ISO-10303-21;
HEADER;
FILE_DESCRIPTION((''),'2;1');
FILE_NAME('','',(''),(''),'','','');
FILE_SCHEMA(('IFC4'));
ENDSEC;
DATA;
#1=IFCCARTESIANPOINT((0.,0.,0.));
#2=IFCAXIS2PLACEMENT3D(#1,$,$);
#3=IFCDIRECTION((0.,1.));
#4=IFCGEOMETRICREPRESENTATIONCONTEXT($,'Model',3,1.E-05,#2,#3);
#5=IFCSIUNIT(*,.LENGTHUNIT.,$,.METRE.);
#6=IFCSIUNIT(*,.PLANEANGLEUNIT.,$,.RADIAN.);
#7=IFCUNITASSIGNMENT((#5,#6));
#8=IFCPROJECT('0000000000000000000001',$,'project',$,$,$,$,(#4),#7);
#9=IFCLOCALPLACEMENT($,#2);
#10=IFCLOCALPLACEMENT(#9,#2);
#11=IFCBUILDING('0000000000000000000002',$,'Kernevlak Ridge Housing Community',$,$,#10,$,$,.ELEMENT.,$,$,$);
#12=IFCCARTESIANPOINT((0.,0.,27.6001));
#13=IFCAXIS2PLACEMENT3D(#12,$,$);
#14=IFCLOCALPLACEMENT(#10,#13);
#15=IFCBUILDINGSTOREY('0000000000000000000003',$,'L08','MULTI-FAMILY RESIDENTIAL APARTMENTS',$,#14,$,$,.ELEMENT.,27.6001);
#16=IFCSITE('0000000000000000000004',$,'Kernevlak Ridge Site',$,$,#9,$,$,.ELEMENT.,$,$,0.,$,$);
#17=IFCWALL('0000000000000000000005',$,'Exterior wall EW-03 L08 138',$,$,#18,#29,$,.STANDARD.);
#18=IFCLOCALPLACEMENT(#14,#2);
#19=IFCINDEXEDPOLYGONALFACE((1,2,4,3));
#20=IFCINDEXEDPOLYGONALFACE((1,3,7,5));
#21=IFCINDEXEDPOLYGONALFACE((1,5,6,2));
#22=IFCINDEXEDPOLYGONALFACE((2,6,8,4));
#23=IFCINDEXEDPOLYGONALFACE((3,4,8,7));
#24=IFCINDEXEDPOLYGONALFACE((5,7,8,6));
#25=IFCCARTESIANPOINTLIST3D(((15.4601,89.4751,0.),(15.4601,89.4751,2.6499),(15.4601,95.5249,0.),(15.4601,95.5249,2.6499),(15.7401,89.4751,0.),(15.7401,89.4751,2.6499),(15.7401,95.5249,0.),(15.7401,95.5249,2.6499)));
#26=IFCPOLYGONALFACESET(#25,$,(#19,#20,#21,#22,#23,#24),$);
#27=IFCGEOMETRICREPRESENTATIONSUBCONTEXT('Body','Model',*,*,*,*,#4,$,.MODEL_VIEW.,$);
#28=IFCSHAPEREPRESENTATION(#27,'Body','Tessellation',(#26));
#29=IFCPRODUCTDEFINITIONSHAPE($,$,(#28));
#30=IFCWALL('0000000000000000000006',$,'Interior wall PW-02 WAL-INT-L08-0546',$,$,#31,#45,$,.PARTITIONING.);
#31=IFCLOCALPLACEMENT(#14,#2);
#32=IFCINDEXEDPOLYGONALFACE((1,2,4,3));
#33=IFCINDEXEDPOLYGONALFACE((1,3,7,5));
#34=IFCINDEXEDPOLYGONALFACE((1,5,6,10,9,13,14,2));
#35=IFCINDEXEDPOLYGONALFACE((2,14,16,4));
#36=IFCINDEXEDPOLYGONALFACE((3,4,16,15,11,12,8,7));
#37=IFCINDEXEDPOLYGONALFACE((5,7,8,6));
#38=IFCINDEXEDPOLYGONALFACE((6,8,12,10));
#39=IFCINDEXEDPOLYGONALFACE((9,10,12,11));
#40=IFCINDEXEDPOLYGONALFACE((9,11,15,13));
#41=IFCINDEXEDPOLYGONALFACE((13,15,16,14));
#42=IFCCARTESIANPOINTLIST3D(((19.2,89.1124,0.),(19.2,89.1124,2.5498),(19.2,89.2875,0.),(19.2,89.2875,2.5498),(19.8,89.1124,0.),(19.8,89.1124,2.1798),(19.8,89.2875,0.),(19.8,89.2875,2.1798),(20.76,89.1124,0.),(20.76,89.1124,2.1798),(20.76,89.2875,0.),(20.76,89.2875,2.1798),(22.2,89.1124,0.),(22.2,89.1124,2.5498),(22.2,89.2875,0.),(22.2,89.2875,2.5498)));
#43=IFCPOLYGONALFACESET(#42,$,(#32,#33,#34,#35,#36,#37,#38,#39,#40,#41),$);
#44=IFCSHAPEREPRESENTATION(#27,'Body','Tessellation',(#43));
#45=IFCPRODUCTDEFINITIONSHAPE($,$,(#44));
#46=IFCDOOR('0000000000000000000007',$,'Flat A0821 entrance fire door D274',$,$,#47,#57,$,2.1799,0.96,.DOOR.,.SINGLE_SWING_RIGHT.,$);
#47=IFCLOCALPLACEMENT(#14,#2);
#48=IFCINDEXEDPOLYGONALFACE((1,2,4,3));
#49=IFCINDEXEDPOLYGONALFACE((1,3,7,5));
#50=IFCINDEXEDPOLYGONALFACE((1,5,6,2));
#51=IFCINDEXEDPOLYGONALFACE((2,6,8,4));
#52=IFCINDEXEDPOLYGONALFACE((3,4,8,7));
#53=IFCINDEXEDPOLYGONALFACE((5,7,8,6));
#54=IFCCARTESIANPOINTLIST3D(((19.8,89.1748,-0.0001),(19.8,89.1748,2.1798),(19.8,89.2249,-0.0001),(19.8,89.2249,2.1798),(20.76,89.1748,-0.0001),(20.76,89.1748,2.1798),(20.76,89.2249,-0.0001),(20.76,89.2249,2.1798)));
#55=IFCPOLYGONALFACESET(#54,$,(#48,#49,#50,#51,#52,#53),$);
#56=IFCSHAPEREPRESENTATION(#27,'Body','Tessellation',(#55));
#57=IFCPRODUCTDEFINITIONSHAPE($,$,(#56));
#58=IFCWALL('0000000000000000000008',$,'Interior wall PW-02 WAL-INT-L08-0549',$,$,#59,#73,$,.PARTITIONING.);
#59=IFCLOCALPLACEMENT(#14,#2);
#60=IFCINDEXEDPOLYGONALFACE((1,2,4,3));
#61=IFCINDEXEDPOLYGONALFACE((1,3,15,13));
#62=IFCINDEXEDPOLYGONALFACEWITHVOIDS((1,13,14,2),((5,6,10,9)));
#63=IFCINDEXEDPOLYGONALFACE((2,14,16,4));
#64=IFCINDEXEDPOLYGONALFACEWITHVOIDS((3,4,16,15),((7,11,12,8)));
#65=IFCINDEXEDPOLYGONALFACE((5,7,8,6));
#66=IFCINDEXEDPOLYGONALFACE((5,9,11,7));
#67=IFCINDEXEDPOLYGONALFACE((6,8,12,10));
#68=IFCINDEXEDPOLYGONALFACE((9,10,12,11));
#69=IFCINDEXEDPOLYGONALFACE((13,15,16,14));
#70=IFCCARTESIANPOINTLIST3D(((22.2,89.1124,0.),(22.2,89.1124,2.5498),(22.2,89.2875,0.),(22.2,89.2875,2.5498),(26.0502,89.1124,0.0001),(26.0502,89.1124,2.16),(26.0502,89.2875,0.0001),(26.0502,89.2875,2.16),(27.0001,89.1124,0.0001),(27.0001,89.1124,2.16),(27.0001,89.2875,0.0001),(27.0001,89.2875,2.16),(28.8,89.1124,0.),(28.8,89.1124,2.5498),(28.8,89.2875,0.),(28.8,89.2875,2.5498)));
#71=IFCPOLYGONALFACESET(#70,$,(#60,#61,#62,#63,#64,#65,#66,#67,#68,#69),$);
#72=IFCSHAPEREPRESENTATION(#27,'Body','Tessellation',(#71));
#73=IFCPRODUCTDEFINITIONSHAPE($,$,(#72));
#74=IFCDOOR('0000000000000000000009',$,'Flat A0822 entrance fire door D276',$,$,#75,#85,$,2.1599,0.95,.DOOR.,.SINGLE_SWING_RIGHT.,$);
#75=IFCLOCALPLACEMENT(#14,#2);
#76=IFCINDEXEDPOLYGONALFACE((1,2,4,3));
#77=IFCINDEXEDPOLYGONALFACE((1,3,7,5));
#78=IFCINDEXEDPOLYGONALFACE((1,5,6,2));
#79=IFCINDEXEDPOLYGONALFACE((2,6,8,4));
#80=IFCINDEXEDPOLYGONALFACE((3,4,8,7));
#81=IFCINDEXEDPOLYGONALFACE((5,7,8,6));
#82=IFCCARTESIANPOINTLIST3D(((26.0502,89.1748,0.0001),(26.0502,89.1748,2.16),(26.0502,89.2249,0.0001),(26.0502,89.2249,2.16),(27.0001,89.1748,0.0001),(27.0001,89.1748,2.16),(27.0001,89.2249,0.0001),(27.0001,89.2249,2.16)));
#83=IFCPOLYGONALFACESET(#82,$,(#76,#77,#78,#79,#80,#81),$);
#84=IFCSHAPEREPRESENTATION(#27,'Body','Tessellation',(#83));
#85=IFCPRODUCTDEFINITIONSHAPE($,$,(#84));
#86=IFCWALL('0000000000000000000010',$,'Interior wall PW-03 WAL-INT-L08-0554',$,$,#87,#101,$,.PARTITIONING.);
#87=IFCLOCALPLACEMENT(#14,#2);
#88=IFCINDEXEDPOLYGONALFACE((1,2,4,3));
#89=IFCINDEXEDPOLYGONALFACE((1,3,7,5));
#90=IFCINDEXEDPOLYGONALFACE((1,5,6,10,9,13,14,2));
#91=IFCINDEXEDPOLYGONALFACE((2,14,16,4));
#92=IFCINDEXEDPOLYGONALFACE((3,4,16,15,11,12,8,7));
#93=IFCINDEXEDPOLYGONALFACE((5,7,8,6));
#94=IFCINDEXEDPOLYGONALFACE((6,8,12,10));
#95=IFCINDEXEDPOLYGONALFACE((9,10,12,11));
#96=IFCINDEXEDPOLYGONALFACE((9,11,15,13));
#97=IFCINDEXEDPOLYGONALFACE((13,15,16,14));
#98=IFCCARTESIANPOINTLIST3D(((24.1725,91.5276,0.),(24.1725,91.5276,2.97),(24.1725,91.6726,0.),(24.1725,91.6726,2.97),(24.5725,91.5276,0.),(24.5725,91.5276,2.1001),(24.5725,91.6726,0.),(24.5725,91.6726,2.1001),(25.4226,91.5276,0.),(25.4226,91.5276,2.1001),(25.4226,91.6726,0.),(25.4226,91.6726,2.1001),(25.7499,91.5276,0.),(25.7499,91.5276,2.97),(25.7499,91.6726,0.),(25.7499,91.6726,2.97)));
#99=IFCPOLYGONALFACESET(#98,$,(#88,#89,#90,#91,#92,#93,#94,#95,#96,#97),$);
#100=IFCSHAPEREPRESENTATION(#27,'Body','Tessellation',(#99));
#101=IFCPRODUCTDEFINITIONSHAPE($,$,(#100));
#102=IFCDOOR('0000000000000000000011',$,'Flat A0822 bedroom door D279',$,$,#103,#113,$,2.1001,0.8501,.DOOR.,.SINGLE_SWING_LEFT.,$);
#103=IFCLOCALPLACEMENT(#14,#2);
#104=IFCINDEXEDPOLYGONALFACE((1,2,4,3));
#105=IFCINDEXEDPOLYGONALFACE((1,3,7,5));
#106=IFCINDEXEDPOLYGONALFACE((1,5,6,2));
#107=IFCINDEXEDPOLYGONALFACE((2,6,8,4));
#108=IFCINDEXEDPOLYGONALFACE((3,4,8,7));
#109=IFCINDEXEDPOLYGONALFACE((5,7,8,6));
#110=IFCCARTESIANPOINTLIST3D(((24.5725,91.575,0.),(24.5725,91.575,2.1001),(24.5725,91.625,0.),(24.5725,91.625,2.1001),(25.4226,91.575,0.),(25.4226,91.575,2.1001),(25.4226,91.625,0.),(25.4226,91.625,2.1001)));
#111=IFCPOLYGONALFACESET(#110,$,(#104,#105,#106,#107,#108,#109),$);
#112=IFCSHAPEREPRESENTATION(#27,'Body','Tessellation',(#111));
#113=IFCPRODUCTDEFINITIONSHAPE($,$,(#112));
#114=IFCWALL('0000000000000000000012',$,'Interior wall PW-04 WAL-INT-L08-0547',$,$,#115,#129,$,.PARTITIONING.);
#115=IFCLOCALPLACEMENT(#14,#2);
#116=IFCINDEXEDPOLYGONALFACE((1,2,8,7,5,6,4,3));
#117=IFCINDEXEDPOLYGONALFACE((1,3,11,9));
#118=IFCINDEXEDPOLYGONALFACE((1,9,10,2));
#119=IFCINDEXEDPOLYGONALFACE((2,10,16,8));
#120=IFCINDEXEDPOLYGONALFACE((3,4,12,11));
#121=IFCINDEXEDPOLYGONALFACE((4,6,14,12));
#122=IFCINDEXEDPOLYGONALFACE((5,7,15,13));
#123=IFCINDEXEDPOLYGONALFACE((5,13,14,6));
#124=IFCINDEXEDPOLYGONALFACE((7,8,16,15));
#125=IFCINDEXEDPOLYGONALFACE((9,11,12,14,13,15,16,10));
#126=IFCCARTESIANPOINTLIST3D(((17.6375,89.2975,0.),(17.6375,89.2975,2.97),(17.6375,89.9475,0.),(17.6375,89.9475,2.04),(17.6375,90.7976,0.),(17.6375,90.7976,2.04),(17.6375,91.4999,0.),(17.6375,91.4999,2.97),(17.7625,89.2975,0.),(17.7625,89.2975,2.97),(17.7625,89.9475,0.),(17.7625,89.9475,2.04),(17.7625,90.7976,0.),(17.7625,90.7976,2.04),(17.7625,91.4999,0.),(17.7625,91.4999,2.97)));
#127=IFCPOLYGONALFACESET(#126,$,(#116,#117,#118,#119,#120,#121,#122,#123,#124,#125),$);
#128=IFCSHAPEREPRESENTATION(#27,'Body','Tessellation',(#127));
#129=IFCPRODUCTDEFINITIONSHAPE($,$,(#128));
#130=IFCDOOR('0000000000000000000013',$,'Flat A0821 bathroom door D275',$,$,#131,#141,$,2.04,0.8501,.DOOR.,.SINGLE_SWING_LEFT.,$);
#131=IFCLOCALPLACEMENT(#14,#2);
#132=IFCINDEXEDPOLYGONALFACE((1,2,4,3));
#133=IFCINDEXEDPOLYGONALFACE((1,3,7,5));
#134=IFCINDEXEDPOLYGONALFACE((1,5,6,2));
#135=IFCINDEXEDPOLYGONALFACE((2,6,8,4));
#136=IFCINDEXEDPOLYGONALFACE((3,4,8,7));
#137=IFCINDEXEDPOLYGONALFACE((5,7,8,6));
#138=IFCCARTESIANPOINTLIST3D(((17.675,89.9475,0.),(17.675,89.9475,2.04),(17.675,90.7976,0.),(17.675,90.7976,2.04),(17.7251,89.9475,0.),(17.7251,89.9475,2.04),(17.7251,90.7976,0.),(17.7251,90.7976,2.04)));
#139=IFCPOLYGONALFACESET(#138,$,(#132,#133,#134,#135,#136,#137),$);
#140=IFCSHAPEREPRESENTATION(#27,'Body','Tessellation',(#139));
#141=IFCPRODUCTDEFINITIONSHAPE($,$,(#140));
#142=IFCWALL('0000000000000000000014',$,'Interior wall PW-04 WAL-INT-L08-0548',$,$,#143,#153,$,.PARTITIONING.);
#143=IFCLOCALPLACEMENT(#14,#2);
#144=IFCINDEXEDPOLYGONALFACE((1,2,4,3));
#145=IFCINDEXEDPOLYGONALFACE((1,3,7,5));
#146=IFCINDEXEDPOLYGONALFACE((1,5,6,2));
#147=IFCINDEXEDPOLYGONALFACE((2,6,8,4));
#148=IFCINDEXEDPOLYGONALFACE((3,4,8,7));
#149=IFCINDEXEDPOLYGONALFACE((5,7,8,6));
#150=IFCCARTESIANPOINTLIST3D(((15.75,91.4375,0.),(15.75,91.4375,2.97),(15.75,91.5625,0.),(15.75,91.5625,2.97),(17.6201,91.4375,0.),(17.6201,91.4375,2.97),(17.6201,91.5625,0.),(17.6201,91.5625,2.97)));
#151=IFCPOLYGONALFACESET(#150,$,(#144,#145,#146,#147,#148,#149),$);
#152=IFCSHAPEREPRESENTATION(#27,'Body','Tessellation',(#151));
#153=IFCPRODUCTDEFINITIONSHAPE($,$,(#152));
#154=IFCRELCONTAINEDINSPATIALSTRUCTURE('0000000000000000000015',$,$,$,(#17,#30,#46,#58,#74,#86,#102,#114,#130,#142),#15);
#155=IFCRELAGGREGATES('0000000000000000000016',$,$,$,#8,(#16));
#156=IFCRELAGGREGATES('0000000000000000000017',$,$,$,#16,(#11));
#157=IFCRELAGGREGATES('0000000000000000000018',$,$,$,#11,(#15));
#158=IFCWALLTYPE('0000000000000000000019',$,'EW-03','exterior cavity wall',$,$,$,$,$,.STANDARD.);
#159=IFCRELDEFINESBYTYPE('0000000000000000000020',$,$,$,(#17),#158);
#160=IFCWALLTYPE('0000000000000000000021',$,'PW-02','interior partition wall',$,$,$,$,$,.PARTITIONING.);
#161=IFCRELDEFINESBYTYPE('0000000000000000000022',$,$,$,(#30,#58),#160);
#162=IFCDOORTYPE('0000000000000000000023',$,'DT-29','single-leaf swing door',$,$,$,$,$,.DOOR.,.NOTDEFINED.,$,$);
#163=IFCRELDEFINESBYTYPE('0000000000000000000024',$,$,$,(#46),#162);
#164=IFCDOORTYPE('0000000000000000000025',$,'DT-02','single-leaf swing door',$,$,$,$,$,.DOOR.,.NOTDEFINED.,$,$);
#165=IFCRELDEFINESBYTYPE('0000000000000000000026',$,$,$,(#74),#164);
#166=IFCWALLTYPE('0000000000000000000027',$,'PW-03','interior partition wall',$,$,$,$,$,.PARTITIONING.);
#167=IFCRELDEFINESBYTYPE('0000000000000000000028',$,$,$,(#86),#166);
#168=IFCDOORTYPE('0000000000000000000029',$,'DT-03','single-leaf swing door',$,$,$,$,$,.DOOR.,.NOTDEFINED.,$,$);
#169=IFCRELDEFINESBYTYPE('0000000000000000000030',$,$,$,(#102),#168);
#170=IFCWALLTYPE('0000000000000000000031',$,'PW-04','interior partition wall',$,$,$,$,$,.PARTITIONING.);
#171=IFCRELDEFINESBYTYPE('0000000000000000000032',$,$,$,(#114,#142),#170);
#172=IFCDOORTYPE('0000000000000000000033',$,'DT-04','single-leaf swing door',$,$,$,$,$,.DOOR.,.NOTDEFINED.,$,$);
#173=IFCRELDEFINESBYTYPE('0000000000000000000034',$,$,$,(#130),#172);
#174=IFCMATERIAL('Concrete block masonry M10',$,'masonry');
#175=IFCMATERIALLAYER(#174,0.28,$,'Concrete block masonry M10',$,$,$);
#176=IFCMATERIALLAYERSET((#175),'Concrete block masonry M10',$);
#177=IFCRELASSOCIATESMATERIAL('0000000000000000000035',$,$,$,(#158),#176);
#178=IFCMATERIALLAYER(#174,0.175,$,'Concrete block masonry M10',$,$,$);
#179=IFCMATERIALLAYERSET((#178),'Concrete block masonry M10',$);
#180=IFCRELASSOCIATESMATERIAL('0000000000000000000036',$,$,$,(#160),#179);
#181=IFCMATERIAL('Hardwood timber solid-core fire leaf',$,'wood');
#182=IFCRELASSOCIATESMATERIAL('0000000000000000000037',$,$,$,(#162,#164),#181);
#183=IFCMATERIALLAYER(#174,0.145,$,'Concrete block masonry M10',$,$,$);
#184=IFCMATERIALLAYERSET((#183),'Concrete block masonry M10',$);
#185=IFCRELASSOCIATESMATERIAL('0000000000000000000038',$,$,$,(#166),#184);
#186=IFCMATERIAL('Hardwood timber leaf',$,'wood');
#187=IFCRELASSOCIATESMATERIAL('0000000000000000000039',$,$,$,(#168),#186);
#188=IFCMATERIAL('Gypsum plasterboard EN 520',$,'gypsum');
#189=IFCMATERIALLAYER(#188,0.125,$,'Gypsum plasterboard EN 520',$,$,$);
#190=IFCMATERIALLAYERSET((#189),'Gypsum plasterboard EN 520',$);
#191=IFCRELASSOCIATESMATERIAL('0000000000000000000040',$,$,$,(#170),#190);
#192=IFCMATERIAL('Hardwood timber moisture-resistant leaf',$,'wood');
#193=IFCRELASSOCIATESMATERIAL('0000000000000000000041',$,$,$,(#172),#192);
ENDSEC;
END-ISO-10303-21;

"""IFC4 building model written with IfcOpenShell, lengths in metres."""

from ifc_helpers import new_model, si_unit, direction, frame, frame_2d, origin, place, context, subcontext, project, spatial, rectangle, extrude, material, layer, layer_set, type_object, element, fill, save


model = new_model("IFC4")

# Units and contexts
model_context = context("Model", 3, precision=1e-05, world=origin(), true_north=direction((0.0, 1.0)))
body_context = subcontext(model_context, "Body", "Model", "MODEL_VIEW")
ifc_project = project(units=[si_unit("LENGTHUNIT", "METRE"), si_unit("PLANEANGLEUNIT", "RADIAN")], contexts=[model_context])

# Site, building, storey
site_placement = place(None, origin())
site = spatial("IfcSite", under=ifc_project, at=site_placement, Name="Kernevlak Ridge Site", CompositionType="ELEMENT", RefElevation=0.0)
building_placement = place(site_placement, origin())
building = spatial("IfcBuilding", under=site, at=building_placement, Name="Kernevlak Ridge Housing Community", CompositionType="ELEMENT")
storey_placement = place(building_placement, frame((0.0, 0.0, 27.6001)))
storey = spatial("IfcBuildingStorey", under=building, at=storey_placement, Name="L08", Description="MULTI-FAMILY RESIDENTIAL APARTMENTS", CompositionType="ELEMENT", Elevation=27.6001)

# Shared definitions
ifc_material_1 = material(Name="Concrete block masonry M10", Category="masonry")
ifc_layer_1 = layer(ifc_material_1, 0.28, Name="Concrete block masonry M10")
ifc_layer_set_1 = layer_set([ifc_layer_1], Name="Concrete block masonry M10")
wall_type_1 = type_object("IfcWallType", Name="EW-03", Description="exterior cavity wall", PredefinedType="STANDARD", material=ifc_layer_set_1)

# Wall
wall_1_placement = place(storey_placement, frame((15.6001, 89.4751, 0.0), z_axis=(0.0, 0.0, 1.0), x_axis=(0.0, 1.0, 0.0)))
element("IfcWall", 1, at=wall_1_placement, inside=storey, type_object=wall_type_1, Name="Exterior wall EW-03 L08 138", PredefinedType="STANDARD", context=body_context, shape_type="SweptSolid", body=[
    extrude(rectangle(XDim=6.0498, YDim=0.28, at=frame_2d((3.0249, 0.0))), origin(), (0.0, 0.0, 1.0), 2.6499),
])

# Walls, openings, doors
ifc_layer_2 = layer(ifc_material_1, 0.175, Name="Concrete block masonry M10")
ifc_layer_set_2 = layer_set([ifc_layer_2], Name="Concrete block masonry M10")
wall_type_2 = type_object("IfcWallType", Name="PW-02", Description="interior partition wall", PredefinedType="PARTITIONING", material=ifc_layer_set_2)
wall_2_placement = place(storey_placement, frame((19.2, 89.2, 0.0), z_axis=(0.0, 0.0, 1.0), x_axis=(1.0, 0.0, 0.0)))
wall_2 = element("IfcWall", 2, at=wall_2_placement, inside=storey, type_object=wall_type_2, Name="Interior wall PW-02 WAL-INT-L08-0546", PredefinedType="PARTITIONING", context=body_context, shape_type="SweptSolid", body=[
    extrude(rectangle(XDim=3.0, YDim=0.175, at=frame_2d((1.5, 0.0))), origin(), (0.0, 0.0, 1.0), 2.5498),
])
opening_1_placement = place(wall_2_placement, frame((0.6001, 0.0, 0.0)))
opening_1 = element("IfcOpeningElement", 3, at=opening_1_placement, cuts=wall_2, PredefinedType="OPENING", context=body_context, shape_type="SweptSolid", body=[
    extrude(rectangle(XDim=0.96, YDim=2.1799, at=frame_2d((0.48, 1.0898))), frame((0.0, 0.0974, 0.0), z_axis=(0.0, -1.0, 0.0), x_axis=(1.0, 0.0, 0.0)), (0.0, 0.0, 1.0), 0.1951),
])
ifc_material_2 = material(Name="Hardwood timber solid-core fire leaf", Category="wood")
door_type_1 = type_object("IfcDoorType", Name="DT-29", Description="single-leaf swing door", OperationType="NOTDEFINED", PredefinedType="DOOR", material=ifc_material_2)
door_1_placement = place(opening_1_placement, origin())
door_1 = element("IfcDoor", 4, at=door_1_placement, inside=storey, type_object=door_type_1, Name="Flat A0821 entrance fire door D274", OperationType="SINGLE_SWING_RIGHT", OverallHeight=2.1799, OverallWidth=0.96, PredefinedType="DOOR", context=body_context, shape_type="SweptSolid", body=[
    extrude(rectangle(XDim=0.96, YDim=2.1799, at=frame_2d((0.48, 1.0898))), frame((0.0, 0.0249, 0.0), z_axis=(0.0, -1.0, 0.0), x_axis=(1.0, 0.0, 0.0)), (0.0, 0.0, 1.0), 0.05),
])
fill(opening_1, door_1)
wall_3_placement = place(storey_placement, frame((22.2, 89.2, 0.0), z_axis=(0.0, 0.0, 1.0), x_axis=(1.0, 0.0, 0.0)))
wall_3 = element("IfcWall", 5, at=wall_3_placement, inside=storey, type_object=wall_type_2, Name="Interior wall PW-02 WAL-INT-L08-0549", PredefinedType="PARTITIONING", context=body_context, shape_type="SweptSolid", body=[
    extrude(rectangle(XDim=6.6001, YDim=0.175, at=frame_2d((3.3, 0.0))), origin(), (0.0, 0.0, 1.0), 2.5498),
])
opening_2_placement = place(wall_3_placement, frame((3.8501, 0.0, 0.0)))
opening_2 = element("IfcOpeningElement", 6, at=opening_2_placement, cuts=wall_3, PredefinedType="OPENING", context=body_context, shape_type="SweptSolid", body=[
    extrude(rectangle(XDim=0.95, YDim=2.1599, at=frame_2d((0.4751, 1.0801))), frame((0.0, 0.0974, 0.0), z_axis=(0.0, -1.0, 0.0), x_axis=(1.0, 0.0, 0.0)), (0.0, 0.0, 1.0), 0.1951),
])
door_type_2 = type_object("IfcDoorType", Name="DT-02", Description="single-leaf swing door", OperationType="NOTDEFINED", PredefinedType="DOOR", material=ifc_material_2)
door_2_placement = place(opening_2_placement, origin())
door_2 = element("IfcDoor", 7, at=door_2_placement, inside=storey, type_object=door_type_2, Name="Flat A0822 entrance fire door D276", OperationType="SINGLE_SWING_RIGHT", OverallHeight=2.1599, OverallWidth=0.95, PredefinedType="DOOR", context=body_context, shape_type="SweptSolid", body=[
    extrude(rectangle(XDim=0.95, YDim=2.1599, at=frame_2d((0.4751, 1.0801))), frame((0.0, 0.0249, 0.0), z_axis=(0.0, -1.0, 0.0), x_axis=(1.0, 0.0, 0.0)), (0.0, 0.0, 1.0), 0.05),
])
fill(opening_2, door_2)
ifc_layer_3 = layer(ifc_material_1, 0.145, Name="Concrete block masonry M10")
ifc_layer_set_3 = layer_set([ifc_layer_3], Name="Concrete block masonry M10")
wall_type_3 = type_object("IfcWallType", Name="PW-03", Description="interior partition wall", PredefinedType="PARTITIONING", material=ifc_layer_set_3)
wall_4_placement = place(storey_placement, frame((24.1726, 91.6001, 0.0), z_axis=(0.0, 0.0, 1.0), x_axis=(1.0, 0.0, 0.0)))
wall_4 = element("IfcWall", 8, at=wall_4_placement, inside=storey, type_object=wall_type_3, Name="Interior wall PW-03 WAL-INT-L08-0554", PredefinedType="PARTITIONING", context=body_context, shape_type="SweptSolid", body=[
    extrude(rectangle(XDim=1.5774, YDim=0.145, at=frame_2d((0.7886, 0.0))), origin(), (0.0, 0.0, 1.0), 2.97),
])
opening_3_placement = place(wall_4_placement, frame((0.3999, 0.0, 0.0)))
opening_3 = element("IfcOpeningElement", 9, at=opening_3_placement, cuts=wall_4, PredefinedType="OPENING", context=body_context, shape_type="SweptSolid", body=[
    extrude(rectangle(XDim=0.8501, YDim=2.1001, at=frame_2d((0.425, 1.05))), frame((0.0, 0.0825, 0.0), z_axis=(0.0, -1.0, 0.0), x_axis=(1.0, 0.0, 0.0)), (0.0, 0.0, 1.0), 0.165),
])
ifc_material_3 = material(Name="Hardwood timber leaf", Category="wood")
door_type_3 = type_object("IfcDoorType", Name="DT-03", Description="single-leaf swing door", OperationType="NOTDEFINED", PredefinedType="DOOR", material=ifc_material_3)
door_3_placement = place(opening_3_placement, origin())
door_3 = element("IfcDoor", 10, at=door_3_placement, inside=storey, type_object=door_type_3, Name="Flat A0822 bedroom door D279", OperationType="SINGLE_SWING_LEFT", OverallHeight=2.1001, OverallWidth=0.8501, PredefinedType="DOOR", context=body_context, shape_type="SweptSolid", body=[
    extrude(rectangle(XDim=0.8501, YDim=2.1001, at=frame_2d((0.425, 1.05))), frame((0.0, 0.0249, 0.0), z_axis=(0.0, -1.0, 0.0), x_axis=(1.0, 0.0, 0.0)), (0.0, 0.0, 1.0), 0.05),
])
fill(opening_3, door_3)
ifc_material_4 = material(Name="Gypsum plasterboard EN 520", Category="gypsum")
ifc_layer_4 = layer(ifc_material_4, 0.125, Name="Gypsum plasterboard EN 520")
ifc_layer_set_4 = layer_set([ifc_layer_4], Name="Gypsum plasterboard EN 520")
wall_type_4 = type_object("IfcWallType", Name="PW-04", Description="interior partition wall", PredefinedType="PARTITIONING", material=ifc_layer_set_4)
wall_5_placement = place(storey_placement, frame((17.7, 89.2976, 0.0), z_axis=(0.0, 0.0, 1.0), x_axis=(0.0, 1.0, 0.0)))
wall_5 = element("IfcWall", 11, at=wall_5_placement, inside=storey, type_object=wall_type_4, Name="Interior wall PW-04 WAL-INT-L08-0547", PredefinedType="PARTITIONING", context=body_context, shape_type="SweptSolid", body=[
    extrude(rectangle(XDim=2.2024, YDim=0.125, at=frame_2d((1.1011, 0.0))), origin(), (0.0, 0.0, 1.0), 2.97),
])
opening_4_placement = place(wall_5_placement, frame((0.6499, 0.0, 0.0)))
opening_4 = element("IfcOpeningElement", 12, at=opening_4_placement, cuts=wall_5, PredefinedType="OPENING", context=body_context, shape_type="SweptSolid", body=[
    extrude(rectangle(XDim=0.8501, YDim=2.04, at=frame_2d((0.425, 1.02))), frame((0.0, 0.0725, 0.0), z_axis=(0.0, -1.0, 0.0), x_axis=(1.0, 0.0, 0.0)), (0.0, 0.0, 1.0), 0.145),
])
ifc_material_5 = material(Name="Hardwood timber moisture-resistant leaf", Category="wood")
door_type_4 = type_object("IfcDoorType", Name="DT-04", Description="single-leaf swing door", OperationType="NOTDEFINED", PredefinedType="DOOR", material=ifc_material_5)
door_4_placement = place(opening_4_placement, origin())
door_4 = element("IfcDoor", 13, at=door_4_placement, inside=storey, type_object=door_type_4, Name="Flat A0821 bathroom door D275", OperationType="SINGLE_SWING_LEFT", OverallHeight=2.04, OverallWidth=0.8501, PredefinedType="DOOR", context=body_context, shape_type="SweptSolid", body=[
    extrude(rectangle(XDim=0.8501, YDim=2.04, at=frame_2d((0.425, 1.02))), frame((0.0, 0.0249, 0.0), z_axis=(0.0, -1.0, 0.0), x_axis=(1.0, 0.0, 0.0)), (0.0, 0.0, 1.0), 0.05),
])
fill(opening_4, door_4)

# Wall
wall_6_placement = place(storey_placement, frame((15.75, 91.5, 0.0), z_axis=(0.0, 0.0, 1.0), x_axis=(1.0, 0.0, 0.0)))
element("IfcWall", 14, at=wall_6_placement, inside=storey, type_object=wall_type_4, Name="Interior wall PW-04 WAL-INT-L08-0548", PredefinedType="PARTITIONING", context=body_context, shape_type="SweptSolid", body=[
    extrude(rectangle(XDim=1.8701, YDim=0.125, at=frame_2d((0.9351, 0.0))), origin(), (0.0, 0.0, 1.0), 2.97),
])

save(model, "model.ifc")
